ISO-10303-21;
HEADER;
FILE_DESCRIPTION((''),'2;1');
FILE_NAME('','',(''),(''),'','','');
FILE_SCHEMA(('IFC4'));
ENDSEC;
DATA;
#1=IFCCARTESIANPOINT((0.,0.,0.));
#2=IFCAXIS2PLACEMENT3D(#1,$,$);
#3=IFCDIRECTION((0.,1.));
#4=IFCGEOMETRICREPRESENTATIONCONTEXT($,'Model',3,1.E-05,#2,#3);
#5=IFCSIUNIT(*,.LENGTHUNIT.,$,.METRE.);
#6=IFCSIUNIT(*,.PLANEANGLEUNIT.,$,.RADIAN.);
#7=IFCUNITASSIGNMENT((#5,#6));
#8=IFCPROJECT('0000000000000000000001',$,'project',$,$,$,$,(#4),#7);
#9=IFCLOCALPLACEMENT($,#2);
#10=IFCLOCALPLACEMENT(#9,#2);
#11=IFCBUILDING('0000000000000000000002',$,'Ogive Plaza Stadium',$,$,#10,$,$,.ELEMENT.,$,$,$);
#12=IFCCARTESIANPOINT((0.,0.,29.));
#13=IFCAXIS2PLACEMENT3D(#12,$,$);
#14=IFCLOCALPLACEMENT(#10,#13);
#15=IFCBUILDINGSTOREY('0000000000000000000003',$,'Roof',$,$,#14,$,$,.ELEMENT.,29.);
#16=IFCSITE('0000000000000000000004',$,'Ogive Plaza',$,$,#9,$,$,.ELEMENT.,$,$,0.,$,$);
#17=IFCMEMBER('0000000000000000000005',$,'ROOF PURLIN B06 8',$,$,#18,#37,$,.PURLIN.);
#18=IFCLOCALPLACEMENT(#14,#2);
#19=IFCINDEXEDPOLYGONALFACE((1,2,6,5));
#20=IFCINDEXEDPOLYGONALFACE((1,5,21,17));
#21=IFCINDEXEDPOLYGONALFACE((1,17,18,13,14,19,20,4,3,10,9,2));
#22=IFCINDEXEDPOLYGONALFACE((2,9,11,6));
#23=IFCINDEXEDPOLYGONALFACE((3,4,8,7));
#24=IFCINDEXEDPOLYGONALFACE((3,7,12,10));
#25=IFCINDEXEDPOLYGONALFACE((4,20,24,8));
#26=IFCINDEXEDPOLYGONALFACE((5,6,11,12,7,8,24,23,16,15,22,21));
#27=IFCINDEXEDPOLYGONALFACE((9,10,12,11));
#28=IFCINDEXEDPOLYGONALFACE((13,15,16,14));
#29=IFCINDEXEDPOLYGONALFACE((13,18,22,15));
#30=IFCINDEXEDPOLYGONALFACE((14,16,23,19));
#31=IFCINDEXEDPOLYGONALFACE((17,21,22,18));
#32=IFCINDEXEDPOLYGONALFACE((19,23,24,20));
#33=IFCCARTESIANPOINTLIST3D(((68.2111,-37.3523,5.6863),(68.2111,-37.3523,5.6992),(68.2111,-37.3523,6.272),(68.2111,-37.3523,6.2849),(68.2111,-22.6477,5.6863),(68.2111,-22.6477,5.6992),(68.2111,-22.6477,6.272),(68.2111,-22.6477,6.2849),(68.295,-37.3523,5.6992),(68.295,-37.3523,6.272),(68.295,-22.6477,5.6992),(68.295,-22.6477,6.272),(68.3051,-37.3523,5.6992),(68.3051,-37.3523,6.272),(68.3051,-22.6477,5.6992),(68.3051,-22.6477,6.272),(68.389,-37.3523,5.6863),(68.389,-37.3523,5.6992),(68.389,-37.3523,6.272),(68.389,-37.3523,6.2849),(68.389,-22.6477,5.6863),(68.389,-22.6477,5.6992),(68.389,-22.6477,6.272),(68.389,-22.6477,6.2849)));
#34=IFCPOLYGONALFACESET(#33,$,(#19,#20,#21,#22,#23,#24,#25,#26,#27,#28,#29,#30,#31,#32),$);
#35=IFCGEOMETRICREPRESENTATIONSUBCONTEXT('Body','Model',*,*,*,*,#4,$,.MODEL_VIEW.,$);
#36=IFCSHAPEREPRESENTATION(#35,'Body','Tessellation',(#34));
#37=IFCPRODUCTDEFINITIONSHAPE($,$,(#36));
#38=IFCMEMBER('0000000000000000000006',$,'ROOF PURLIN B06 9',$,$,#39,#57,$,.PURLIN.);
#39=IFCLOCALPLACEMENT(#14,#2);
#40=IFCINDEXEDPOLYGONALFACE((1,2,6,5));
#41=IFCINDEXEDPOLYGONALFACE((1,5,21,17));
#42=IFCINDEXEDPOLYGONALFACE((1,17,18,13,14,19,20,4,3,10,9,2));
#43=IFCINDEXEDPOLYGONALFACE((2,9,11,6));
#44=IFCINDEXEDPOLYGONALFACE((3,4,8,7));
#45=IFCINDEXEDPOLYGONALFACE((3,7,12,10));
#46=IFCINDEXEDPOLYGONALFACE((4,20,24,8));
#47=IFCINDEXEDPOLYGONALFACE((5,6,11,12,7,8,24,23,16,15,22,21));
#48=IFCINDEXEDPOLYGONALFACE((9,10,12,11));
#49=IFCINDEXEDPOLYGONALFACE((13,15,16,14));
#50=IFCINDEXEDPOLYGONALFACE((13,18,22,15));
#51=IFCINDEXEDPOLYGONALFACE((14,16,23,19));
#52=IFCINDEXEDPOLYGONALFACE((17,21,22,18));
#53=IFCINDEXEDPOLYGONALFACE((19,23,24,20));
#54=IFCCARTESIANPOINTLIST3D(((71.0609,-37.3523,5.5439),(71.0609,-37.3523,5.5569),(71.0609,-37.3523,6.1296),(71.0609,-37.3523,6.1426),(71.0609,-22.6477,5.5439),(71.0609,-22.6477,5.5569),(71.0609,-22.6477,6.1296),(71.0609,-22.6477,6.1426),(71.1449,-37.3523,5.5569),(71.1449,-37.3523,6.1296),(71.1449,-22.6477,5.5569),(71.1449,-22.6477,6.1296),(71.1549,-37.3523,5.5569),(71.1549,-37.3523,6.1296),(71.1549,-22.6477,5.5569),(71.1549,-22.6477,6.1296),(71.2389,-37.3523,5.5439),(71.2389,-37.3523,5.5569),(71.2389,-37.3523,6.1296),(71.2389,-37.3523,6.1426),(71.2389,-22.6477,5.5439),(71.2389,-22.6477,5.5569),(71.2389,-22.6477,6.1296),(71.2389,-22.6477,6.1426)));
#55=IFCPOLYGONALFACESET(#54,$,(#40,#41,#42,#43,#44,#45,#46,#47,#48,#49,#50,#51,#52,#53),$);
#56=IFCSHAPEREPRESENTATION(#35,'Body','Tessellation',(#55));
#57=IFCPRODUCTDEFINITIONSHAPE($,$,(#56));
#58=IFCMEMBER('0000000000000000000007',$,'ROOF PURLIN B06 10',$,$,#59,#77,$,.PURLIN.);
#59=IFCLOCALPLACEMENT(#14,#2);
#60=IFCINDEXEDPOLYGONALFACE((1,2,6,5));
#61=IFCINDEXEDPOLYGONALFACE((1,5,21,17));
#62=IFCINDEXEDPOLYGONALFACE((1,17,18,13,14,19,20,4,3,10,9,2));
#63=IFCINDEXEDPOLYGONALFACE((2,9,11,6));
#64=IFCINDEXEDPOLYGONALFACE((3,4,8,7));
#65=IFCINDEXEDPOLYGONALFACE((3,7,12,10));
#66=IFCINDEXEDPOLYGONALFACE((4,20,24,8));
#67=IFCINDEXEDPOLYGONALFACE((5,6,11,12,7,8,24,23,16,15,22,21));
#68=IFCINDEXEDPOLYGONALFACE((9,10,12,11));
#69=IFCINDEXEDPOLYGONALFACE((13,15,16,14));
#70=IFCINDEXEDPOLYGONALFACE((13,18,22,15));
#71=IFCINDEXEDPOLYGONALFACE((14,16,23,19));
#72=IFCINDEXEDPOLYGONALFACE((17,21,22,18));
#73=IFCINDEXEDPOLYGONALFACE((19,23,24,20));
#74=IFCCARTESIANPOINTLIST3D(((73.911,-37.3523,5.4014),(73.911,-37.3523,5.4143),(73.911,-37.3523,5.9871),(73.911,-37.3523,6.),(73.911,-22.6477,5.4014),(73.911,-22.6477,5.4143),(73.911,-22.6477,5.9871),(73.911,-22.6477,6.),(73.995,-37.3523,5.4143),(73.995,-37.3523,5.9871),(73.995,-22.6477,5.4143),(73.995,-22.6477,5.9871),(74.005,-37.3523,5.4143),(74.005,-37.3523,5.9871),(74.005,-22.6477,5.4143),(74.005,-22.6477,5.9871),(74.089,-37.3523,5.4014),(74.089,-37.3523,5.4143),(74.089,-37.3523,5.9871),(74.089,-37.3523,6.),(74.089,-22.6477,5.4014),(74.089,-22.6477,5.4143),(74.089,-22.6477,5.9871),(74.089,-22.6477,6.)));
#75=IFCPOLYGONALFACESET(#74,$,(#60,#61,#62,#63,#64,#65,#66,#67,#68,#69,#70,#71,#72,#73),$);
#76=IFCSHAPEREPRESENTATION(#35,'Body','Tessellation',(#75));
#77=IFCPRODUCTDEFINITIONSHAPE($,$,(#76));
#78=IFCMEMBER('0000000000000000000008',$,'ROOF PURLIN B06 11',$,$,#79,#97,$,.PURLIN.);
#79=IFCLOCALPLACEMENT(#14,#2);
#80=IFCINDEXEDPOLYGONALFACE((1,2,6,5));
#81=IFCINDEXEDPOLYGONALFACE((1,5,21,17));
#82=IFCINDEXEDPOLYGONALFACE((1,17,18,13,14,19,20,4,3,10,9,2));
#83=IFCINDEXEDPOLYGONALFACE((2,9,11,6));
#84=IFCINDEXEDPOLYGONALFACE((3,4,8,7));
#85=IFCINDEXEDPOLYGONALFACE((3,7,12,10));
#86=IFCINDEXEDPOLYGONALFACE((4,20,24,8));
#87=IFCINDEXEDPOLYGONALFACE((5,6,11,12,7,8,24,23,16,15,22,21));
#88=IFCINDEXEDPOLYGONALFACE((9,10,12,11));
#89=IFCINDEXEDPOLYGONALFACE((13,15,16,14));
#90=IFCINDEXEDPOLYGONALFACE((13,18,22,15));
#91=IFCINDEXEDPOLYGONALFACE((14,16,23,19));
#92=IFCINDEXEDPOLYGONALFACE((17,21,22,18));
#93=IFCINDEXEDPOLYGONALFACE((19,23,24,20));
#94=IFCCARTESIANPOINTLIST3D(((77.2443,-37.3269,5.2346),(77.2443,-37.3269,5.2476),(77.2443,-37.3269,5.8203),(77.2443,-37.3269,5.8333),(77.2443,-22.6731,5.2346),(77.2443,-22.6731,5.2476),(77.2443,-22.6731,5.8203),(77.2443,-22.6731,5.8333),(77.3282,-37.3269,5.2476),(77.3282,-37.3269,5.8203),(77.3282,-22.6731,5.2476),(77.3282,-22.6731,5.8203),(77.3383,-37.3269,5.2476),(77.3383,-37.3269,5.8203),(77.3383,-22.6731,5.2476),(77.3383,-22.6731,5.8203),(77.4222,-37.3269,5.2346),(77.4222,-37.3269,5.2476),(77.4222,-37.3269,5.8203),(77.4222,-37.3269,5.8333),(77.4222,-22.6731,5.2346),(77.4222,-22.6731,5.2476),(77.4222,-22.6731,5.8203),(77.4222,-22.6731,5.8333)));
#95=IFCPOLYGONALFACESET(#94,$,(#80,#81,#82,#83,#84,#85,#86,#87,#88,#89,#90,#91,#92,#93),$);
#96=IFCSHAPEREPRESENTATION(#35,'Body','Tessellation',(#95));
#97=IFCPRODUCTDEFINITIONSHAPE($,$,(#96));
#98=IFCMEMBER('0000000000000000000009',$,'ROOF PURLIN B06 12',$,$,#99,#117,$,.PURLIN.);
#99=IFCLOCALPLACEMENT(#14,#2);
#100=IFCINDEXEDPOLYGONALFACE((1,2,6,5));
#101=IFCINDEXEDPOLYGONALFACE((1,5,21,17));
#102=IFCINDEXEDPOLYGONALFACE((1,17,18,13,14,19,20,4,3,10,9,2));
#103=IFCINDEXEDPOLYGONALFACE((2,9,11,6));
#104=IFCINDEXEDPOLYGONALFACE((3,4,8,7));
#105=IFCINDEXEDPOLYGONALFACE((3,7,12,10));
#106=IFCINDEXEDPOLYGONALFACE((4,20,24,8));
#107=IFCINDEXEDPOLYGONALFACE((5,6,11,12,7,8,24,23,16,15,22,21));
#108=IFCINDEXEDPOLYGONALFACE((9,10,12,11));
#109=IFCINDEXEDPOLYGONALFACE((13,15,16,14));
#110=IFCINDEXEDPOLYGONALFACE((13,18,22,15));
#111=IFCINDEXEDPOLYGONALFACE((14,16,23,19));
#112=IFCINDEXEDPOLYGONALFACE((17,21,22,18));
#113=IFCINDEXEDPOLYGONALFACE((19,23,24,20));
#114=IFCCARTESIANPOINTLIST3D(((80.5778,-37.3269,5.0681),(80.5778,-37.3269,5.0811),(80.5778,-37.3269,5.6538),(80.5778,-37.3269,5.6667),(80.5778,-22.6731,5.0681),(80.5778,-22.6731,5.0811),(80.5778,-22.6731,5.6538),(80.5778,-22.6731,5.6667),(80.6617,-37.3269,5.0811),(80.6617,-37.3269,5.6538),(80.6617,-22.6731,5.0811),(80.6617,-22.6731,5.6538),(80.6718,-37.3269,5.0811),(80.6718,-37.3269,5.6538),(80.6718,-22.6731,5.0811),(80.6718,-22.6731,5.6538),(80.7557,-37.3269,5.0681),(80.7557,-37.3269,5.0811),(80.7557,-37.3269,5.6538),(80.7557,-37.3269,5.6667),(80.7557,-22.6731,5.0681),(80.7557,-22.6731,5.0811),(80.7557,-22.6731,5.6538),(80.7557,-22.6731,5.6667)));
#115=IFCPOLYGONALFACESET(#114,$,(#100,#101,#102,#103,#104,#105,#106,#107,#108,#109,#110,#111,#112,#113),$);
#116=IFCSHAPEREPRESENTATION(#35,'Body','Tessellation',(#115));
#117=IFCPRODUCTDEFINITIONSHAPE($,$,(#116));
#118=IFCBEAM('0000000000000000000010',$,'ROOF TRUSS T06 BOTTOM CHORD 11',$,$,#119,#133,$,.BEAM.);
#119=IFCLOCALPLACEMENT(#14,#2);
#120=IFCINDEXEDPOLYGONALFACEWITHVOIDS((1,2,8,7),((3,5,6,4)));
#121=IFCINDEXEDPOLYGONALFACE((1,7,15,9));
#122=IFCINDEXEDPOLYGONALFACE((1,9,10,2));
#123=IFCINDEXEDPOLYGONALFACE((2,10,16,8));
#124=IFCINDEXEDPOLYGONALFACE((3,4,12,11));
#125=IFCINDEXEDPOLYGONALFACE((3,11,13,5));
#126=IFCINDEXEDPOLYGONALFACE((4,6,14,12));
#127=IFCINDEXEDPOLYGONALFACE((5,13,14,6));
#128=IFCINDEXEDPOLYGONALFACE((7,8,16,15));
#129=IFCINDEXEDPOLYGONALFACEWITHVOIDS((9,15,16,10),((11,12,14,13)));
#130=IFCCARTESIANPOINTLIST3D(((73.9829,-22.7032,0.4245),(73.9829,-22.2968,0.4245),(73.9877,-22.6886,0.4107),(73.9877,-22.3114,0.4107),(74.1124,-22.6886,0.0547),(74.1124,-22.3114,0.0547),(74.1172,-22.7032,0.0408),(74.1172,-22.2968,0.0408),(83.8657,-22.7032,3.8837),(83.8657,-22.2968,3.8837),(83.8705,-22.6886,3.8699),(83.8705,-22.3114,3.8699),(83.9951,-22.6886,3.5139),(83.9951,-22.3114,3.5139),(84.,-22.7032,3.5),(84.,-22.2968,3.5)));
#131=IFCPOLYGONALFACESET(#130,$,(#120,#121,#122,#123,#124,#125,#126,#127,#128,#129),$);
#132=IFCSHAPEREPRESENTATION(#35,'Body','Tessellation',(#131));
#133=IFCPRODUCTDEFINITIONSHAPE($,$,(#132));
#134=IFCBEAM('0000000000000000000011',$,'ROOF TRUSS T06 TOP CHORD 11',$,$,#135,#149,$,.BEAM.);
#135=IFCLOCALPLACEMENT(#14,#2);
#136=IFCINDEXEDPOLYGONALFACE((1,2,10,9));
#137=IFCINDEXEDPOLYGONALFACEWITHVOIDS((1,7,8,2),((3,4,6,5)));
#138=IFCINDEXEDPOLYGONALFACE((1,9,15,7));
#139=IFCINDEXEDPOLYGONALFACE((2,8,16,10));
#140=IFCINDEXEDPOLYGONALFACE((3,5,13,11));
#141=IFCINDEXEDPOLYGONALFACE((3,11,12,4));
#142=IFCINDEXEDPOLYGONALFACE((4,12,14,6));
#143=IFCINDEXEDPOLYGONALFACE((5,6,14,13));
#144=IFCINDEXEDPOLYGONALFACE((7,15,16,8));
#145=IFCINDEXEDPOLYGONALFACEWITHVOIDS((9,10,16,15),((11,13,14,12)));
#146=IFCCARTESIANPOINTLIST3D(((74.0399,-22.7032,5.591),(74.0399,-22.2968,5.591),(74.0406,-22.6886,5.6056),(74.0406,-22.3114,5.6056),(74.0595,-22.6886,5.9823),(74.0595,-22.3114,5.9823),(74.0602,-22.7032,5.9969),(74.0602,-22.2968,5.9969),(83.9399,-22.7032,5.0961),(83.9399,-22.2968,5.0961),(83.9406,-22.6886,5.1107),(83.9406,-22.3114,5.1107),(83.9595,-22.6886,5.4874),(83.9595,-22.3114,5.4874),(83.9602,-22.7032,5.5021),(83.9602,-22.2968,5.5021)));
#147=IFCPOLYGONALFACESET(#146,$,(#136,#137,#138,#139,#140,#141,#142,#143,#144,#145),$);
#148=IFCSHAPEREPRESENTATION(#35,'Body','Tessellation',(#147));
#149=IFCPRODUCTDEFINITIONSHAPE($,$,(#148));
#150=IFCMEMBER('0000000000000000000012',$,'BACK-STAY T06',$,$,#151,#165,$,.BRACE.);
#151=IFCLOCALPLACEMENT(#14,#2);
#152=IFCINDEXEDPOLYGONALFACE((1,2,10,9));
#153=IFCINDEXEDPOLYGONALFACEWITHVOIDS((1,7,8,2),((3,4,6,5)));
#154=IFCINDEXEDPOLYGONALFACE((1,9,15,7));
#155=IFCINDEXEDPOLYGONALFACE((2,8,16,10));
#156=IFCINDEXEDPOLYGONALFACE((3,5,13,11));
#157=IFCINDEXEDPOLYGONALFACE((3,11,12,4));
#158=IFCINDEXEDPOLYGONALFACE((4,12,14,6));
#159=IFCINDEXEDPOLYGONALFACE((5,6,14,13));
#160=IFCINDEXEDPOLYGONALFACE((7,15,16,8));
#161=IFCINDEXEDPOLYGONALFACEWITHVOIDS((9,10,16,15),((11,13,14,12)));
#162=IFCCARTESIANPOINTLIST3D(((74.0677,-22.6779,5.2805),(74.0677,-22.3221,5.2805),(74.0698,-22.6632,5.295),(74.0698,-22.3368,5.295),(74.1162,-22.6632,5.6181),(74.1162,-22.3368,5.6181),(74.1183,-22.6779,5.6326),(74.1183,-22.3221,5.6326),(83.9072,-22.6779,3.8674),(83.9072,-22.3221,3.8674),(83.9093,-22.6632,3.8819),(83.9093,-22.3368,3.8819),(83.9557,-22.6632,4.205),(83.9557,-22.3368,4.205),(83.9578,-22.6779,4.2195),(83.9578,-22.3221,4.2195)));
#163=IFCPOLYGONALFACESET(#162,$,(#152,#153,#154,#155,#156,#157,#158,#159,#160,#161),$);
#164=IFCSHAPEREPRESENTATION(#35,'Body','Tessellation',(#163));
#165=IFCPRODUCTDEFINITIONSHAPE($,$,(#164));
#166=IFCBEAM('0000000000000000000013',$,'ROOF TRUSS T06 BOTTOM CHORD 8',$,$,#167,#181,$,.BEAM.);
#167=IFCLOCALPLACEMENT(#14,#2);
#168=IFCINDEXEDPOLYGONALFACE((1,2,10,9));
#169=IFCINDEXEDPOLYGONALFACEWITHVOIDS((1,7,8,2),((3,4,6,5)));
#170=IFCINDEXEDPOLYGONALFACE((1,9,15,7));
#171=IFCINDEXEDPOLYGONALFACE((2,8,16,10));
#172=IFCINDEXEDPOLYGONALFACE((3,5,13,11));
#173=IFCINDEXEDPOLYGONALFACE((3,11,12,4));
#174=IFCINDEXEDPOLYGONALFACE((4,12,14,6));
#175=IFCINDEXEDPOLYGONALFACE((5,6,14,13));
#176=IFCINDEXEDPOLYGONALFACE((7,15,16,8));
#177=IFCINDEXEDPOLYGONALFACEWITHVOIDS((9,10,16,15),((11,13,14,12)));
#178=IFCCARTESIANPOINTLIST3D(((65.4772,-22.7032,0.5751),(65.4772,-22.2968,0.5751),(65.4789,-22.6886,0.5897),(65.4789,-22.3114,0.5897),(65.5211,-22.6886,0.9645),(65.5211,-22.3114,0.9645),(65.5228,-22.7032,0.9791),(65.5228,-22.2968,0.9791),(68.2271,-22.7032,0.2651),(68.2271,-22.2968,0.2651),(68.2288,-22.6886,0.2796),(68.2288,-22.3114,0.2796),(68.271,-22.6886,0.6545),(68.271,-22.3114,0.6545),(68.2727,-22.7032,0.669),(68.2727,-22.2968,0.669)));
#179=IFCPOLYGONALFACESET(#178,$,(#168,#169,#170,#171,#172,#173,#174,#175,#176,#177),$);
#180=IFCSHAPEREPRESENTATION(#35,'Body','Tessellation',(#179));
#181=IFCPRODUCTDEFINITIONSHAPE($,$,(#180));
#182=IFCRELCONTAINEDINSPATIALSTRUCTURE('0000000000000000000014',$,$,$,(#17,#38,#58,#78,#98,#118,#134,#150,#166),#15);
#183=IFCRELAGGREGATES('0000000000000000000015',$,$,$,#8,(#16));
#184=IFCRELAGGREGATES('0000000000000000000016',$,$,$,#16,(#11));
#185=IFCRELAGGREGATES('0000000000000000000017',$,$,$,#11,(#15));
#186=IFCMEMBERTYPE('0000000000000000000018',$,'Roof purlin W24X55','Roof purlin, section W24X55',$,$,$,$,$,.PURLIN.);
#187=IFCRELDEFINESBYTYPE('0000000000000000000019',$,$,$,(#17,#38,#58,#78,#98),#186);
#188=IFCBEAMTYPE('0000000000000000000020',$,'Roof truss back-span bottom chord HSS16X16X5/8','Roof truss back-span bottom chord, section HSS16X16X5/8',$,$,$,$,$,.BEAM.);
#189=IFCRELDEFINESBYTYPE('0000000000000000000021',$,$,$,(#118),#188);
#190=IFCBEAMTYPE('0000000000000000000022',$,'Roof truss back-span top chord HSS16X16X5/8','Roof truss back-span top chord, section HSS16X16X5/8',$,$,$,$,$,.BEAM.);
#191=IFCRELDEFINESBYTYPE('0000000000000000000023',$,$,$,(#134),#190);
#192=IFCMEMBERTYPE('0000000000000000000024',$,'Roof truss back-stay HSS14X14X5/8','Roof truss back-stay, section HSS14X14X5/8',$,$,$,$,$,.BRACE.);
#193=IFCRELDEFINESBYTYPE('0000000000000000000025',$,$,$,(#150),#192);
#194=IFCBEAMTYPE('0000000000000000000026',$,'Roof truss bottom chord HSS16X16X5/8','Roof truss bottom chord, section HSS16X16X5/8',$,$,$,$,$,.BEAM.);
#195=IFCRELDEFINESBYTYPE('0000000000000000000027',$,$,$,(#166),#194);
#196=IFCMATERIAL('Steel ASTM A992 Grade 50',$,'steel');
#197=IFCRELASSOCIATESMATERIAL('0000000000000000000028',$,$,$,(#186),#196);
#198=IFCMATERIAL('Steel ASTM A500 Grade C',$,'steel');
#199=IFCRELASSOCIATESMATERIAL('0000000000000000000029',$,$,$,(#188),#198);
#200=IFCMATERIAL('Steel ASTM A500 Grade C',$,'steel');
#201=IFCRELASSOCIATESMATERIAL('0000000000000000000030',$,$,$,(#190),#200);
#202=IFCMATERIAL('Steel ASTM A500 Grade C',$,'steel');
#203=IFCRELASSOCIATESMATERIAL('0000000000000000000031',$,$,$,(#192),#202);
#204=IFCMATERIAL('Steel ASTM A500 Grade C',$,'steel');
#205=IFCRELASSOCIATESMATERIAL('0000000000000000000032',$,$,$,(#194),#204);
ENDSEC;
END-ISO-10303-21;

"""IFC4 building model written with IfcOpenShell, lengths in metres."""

from ifc_helpers import new_model, si_unit, direction, frame, origin, origin_2d, place, context, subcontext, project, spatial, hollow_rectangle, i_section, extrude, material, material_profile, profile_set, type_object, element, save


model = new_model("IFC4")

# Units and contexts
model_context = context("Model", 3, precision=1e-05, world=origin(), true_north=direction((0.0, 1.0)))
body_context = subcontext(model_context, "Body", "Model", "MODEL_VIEW")
ifc_project = project(units=[si_unit("LENGTHUNIT", "METRE"), si_unit("PLANEANGLEUNIT", "RADIAN")], contexts=[model_context])

# Site, building, storey
site_placement = place(None, origin())
site = spatial("IfcSite", under=ifc_project, at=site_placement, Name="Ogive Plaza", CompositionType="ELEMENT", RefElevation=0.0)
building_placement = place(site_placement, origin())
building = spatial("IfcBuilding", under=site, at=building_placement, Name="Ogive Plaza Stadium", CompositionType="ELEMENT")
storey_placement = place(building_placement, frame((0.0, 0.0, 29.0)))
storey = spatial("IfcBuildingStorey", under=building, at=storey_placement, Name="Roof", CompositionType="ELEMENT", Elevation=29.0)

# Members
ifc_material_1 = material(Name="Steel ASTM A992 Grade 50", Category="steel")
ifc_material_profile_1 = material_profile(ifc_material_1, i_section(OverallWidth=0.178, OverallDepth=0.5986, WebThickness=0.01, FlangeThickness=0.0129, at=origin_2d()), Name="W24X55")
ifc_profile_set_1 = profile_set([ifc_material_profile_1], Name="Steel ASTM A992 Grade 50")
member_type_1 = type_object("IfcMemberType", Name="Roof purlin W24X55", Description="Roof purlin, section W24X55", PredefinedType="PURLIN", material=ifc_profile_set_1)
for number, where, z_axis, x_axis, name in (
    (1, (68.3, -22.6477, 5.9856), (0.0, -1.0, 0.0), (1.0, 0.0, 0.0), "ROOF PURLIN B06 8"),
    (2, (71.1499, -22.6477, 5.8433), (0.0, -1.0, 0.0), (1.0, 0.0, 0.0), "ROOF PURLIN B06 9"),
    (3, (74.0, -22.6477, 5.7007), (0.0, -1.0, 0.0), (1.0, 0.0, 0.0), "ROOF PURLIN B06 10"),
):
    element("IfcMember", number, at=place(storey_placement, frame(where, z_axis=z_axis, x_axis=x_axis)), inside=storey, type_object=member_type_1, Name=name, PredefinedType="PURLIN", context=body_context, shape_type="SweptSolid", body=[
        extrude(i_section(OverallWidth=0.178, OverallDepth=0.5986, WebThickness=0.01, FlangeThickness=0.0129, at=origin_2d()), origin(), (0.0, 0.0, 1.0), 14.7046),
    ])
for number, where, z_axis, x_axis, name in (
    (4, (77.3333, -22.6731, 5.5339), (0.0, -1.0, 0.0), (1.0, 0.0, 0.0), "ROOF PURLIN B06 11"),
    (5, (80.6667, -22.6731, 5.3674), (0.0, -1.0, 0.0), (1.0, 0.0, 0.0), "ROOF PURLIN B06 12"),
):
    element("IfcMember", number, at=place(storey_placement, frame(where, z_axis=z_axis, x_axis=x_axis)), inside=storey, type_object=member_type_1, Name=name, PredefinedType="PURLIN", context=body_context, shape_type="SweptSolid", body=[
        extrude(i_section(OverallWidth=0.178, OverallDepth=0.5986, WebThickness=0.01, FlangeThickness=0.0129, at=origin_2d()), origin(), (0.0, 0.0, 1.0), 14.6538),
    ])

# Beams
ifc_material_2 = material(Name="Steel ASTM A500 Grade C", Category="steel")
ifc_material_profile_2 = material_profile(ifc_material_2, hollow_rectangle(XDim=0.4065, YDim=0.4065, WallThickness=0.0146, at=origin_2d()), Name="HSS16X16X5/8")
ifc_profile_set_2 = profile_set([ifc_material_profile_2], Name="Steel ASTM A500 Grade C")
beam_type_1 = type_object("IfcBeamType", Name="Roof truss back-span bottom chord HSS16X16X5/8", Description="Roof truss back-span bottom chord, section HSS16X16X5/8", PredefinedType="BEAM", material=ifc_profile_set_2)
beam_1_placement = place(storey_placement, frame((74.05, -22.5, 0.2327), z_axis=(0.943851, 0.0, 0.330371), x_axis=(0.0, 1.0, 0.0)))
element("IfcBeam", 6, at=beam_1_placement, inside=storey, type_object=beam_type_1, Name="ROOF TRUSS T06 BOTTOM CHORD 11", PredefinedType="BEAM", context=body_context, shape_type="SweptSolid", body=[
    extrude(hollow_rectangle(XDim=0.4065, YDim=0.4065, WallThickness=0.0146, at=origin_2d()), origin(), (0.0, 0.0, 1.0), 10.4707),
])
ifc_material_3 = material(Name="Steel ASTM A500 Grade C", Category="steel")
ifc_material_profile_3 = material_profile(ifc_material_3, hollow_rectangle(XDim=0.4065, YDim=0.4065, WallThickness=0.0146, at=origin_2d()), Name="HSS16X16X5/8")
ifc_profile_set_3 = profile_set([ifc_material_profile_3], Name="Steel ASTM A500 Grade C")
beam_type_2 = type_object("IfcBeamType", Name="Roof truss back-span top chord HSS16X16X5/8", Description="Roof truss back-span top chord, section HSS16X16X5/8", PredefinedType="BEAM", material=ifc_profile_set_3)
beam_2_placement = place(storey_placement, frame((74.05, -22.5, 5.7939), z_axis=(0.998753, 0.0, -0.049925), x_axis=(0.0, 1.0, 0.0)))
element("IfcBeam", 7, at=beam_2_placement, inside=storey, type_object=beam_type_2, Name="ROOF TRUSS T06 TOP CHORD 11", PredefinedType="BEAM", context=body_context, shape_type="SweptSolid", body=[
    extrude(hollow_rectangle(XDim=0.4065, YDim=0.4065, WallThickness=0.0146, at=origin_2d()), origin(), (0.0, 0.0, 1.0), 9.9124),
])

# Member
ifc_material_4 = material(Name="Steel ASTM A500 Grade C", Category="steel")
ifc_material_profile_4 = material_profile(ifc_material_4, hollow_rectangle(XDim=0.3557, YDim=0.3557, WallThickness=0.0146, at=origin_2d()), Name="HSS14X14X5/8")
ifc_profile_set_4 = profile_set([ifc_material_profile_4], Name="Steel ASTM A500 Grade C")
member_type_2 = type_object("IfcMemberType", Name="Roof truss back-stay HSS14X14X5/8", Description="Roof truss back-stay, section HSS14X14X5/8", PredefinedType="BRACE", material=ifc_profile_set_4)
member_1_placement = place(storey_placement, frame((74.093, -22.5, 5.4565), z_axis=(0.989844, 0.0, -0.142157), x_axis=(0.0, 1.0, 0.0)))
element("IfcMember", 8, at=member_1_placement, inside=storey, type_object=member_type_2, Name="BACK-STAY T06", PredefinedType="BRACE", context=body_context, shape_type="SweptSolid", body=[
    extrude(hollow_rectangle(XDim=0.3557, YDim=0.3557, WallThickness=0.0146, at=origin_2d()), origin(), (0.0, 0.0, 1.0), 9.9404),
])

# Beam
ifc_material_5 = material(Name="Steel ASTM A500 Grade C", Category="steel")
ifc_material_profile_5 = material_profile(ifc_material_5, hollow_rectangle(XDim=0.4065, YDim=0.4065, WallThickness=0.0146, at=origin_2d()), Name="HSS16X16X5/8")
ifc_profile_set_5 = profile_set([ifc_material_profile_5], Name="Steel ASTM A500 Grade C")
beam_type_3 = type_object("IfcBeamType", Name="Roof truss bottom chord HSS16X16X5/8", Description="Roof truss bottom chord, section HSS16X16X5/8", PredefinedType="BEAM", material=ifc_profile_set_5)
beam_3_placement = place(storey_placement, frame((65.5, -22.5, 0.7771), z_axis=(0.993704, 0.0, -0.112039), x_axis=(0.0, 1.0, 0.0)))
element("IfcBeam", 9, at=beam_3_placement, inside=storey, type_object=beam_type_3, Name="ROOF TRUSS T06 BOTTOM CHORD 8", PredefinedType="BEAM", context=body_context, shape_type="SweptSolid", body=[
    extrude(hollow_rectangle(XDim=0.4065, YDim=0.4065, WallThickness=0.0146, at=origin_2d()), origin(), (0.0, 0.0, 1.0), 2.7673),
])

save(model, "model.ifc")
